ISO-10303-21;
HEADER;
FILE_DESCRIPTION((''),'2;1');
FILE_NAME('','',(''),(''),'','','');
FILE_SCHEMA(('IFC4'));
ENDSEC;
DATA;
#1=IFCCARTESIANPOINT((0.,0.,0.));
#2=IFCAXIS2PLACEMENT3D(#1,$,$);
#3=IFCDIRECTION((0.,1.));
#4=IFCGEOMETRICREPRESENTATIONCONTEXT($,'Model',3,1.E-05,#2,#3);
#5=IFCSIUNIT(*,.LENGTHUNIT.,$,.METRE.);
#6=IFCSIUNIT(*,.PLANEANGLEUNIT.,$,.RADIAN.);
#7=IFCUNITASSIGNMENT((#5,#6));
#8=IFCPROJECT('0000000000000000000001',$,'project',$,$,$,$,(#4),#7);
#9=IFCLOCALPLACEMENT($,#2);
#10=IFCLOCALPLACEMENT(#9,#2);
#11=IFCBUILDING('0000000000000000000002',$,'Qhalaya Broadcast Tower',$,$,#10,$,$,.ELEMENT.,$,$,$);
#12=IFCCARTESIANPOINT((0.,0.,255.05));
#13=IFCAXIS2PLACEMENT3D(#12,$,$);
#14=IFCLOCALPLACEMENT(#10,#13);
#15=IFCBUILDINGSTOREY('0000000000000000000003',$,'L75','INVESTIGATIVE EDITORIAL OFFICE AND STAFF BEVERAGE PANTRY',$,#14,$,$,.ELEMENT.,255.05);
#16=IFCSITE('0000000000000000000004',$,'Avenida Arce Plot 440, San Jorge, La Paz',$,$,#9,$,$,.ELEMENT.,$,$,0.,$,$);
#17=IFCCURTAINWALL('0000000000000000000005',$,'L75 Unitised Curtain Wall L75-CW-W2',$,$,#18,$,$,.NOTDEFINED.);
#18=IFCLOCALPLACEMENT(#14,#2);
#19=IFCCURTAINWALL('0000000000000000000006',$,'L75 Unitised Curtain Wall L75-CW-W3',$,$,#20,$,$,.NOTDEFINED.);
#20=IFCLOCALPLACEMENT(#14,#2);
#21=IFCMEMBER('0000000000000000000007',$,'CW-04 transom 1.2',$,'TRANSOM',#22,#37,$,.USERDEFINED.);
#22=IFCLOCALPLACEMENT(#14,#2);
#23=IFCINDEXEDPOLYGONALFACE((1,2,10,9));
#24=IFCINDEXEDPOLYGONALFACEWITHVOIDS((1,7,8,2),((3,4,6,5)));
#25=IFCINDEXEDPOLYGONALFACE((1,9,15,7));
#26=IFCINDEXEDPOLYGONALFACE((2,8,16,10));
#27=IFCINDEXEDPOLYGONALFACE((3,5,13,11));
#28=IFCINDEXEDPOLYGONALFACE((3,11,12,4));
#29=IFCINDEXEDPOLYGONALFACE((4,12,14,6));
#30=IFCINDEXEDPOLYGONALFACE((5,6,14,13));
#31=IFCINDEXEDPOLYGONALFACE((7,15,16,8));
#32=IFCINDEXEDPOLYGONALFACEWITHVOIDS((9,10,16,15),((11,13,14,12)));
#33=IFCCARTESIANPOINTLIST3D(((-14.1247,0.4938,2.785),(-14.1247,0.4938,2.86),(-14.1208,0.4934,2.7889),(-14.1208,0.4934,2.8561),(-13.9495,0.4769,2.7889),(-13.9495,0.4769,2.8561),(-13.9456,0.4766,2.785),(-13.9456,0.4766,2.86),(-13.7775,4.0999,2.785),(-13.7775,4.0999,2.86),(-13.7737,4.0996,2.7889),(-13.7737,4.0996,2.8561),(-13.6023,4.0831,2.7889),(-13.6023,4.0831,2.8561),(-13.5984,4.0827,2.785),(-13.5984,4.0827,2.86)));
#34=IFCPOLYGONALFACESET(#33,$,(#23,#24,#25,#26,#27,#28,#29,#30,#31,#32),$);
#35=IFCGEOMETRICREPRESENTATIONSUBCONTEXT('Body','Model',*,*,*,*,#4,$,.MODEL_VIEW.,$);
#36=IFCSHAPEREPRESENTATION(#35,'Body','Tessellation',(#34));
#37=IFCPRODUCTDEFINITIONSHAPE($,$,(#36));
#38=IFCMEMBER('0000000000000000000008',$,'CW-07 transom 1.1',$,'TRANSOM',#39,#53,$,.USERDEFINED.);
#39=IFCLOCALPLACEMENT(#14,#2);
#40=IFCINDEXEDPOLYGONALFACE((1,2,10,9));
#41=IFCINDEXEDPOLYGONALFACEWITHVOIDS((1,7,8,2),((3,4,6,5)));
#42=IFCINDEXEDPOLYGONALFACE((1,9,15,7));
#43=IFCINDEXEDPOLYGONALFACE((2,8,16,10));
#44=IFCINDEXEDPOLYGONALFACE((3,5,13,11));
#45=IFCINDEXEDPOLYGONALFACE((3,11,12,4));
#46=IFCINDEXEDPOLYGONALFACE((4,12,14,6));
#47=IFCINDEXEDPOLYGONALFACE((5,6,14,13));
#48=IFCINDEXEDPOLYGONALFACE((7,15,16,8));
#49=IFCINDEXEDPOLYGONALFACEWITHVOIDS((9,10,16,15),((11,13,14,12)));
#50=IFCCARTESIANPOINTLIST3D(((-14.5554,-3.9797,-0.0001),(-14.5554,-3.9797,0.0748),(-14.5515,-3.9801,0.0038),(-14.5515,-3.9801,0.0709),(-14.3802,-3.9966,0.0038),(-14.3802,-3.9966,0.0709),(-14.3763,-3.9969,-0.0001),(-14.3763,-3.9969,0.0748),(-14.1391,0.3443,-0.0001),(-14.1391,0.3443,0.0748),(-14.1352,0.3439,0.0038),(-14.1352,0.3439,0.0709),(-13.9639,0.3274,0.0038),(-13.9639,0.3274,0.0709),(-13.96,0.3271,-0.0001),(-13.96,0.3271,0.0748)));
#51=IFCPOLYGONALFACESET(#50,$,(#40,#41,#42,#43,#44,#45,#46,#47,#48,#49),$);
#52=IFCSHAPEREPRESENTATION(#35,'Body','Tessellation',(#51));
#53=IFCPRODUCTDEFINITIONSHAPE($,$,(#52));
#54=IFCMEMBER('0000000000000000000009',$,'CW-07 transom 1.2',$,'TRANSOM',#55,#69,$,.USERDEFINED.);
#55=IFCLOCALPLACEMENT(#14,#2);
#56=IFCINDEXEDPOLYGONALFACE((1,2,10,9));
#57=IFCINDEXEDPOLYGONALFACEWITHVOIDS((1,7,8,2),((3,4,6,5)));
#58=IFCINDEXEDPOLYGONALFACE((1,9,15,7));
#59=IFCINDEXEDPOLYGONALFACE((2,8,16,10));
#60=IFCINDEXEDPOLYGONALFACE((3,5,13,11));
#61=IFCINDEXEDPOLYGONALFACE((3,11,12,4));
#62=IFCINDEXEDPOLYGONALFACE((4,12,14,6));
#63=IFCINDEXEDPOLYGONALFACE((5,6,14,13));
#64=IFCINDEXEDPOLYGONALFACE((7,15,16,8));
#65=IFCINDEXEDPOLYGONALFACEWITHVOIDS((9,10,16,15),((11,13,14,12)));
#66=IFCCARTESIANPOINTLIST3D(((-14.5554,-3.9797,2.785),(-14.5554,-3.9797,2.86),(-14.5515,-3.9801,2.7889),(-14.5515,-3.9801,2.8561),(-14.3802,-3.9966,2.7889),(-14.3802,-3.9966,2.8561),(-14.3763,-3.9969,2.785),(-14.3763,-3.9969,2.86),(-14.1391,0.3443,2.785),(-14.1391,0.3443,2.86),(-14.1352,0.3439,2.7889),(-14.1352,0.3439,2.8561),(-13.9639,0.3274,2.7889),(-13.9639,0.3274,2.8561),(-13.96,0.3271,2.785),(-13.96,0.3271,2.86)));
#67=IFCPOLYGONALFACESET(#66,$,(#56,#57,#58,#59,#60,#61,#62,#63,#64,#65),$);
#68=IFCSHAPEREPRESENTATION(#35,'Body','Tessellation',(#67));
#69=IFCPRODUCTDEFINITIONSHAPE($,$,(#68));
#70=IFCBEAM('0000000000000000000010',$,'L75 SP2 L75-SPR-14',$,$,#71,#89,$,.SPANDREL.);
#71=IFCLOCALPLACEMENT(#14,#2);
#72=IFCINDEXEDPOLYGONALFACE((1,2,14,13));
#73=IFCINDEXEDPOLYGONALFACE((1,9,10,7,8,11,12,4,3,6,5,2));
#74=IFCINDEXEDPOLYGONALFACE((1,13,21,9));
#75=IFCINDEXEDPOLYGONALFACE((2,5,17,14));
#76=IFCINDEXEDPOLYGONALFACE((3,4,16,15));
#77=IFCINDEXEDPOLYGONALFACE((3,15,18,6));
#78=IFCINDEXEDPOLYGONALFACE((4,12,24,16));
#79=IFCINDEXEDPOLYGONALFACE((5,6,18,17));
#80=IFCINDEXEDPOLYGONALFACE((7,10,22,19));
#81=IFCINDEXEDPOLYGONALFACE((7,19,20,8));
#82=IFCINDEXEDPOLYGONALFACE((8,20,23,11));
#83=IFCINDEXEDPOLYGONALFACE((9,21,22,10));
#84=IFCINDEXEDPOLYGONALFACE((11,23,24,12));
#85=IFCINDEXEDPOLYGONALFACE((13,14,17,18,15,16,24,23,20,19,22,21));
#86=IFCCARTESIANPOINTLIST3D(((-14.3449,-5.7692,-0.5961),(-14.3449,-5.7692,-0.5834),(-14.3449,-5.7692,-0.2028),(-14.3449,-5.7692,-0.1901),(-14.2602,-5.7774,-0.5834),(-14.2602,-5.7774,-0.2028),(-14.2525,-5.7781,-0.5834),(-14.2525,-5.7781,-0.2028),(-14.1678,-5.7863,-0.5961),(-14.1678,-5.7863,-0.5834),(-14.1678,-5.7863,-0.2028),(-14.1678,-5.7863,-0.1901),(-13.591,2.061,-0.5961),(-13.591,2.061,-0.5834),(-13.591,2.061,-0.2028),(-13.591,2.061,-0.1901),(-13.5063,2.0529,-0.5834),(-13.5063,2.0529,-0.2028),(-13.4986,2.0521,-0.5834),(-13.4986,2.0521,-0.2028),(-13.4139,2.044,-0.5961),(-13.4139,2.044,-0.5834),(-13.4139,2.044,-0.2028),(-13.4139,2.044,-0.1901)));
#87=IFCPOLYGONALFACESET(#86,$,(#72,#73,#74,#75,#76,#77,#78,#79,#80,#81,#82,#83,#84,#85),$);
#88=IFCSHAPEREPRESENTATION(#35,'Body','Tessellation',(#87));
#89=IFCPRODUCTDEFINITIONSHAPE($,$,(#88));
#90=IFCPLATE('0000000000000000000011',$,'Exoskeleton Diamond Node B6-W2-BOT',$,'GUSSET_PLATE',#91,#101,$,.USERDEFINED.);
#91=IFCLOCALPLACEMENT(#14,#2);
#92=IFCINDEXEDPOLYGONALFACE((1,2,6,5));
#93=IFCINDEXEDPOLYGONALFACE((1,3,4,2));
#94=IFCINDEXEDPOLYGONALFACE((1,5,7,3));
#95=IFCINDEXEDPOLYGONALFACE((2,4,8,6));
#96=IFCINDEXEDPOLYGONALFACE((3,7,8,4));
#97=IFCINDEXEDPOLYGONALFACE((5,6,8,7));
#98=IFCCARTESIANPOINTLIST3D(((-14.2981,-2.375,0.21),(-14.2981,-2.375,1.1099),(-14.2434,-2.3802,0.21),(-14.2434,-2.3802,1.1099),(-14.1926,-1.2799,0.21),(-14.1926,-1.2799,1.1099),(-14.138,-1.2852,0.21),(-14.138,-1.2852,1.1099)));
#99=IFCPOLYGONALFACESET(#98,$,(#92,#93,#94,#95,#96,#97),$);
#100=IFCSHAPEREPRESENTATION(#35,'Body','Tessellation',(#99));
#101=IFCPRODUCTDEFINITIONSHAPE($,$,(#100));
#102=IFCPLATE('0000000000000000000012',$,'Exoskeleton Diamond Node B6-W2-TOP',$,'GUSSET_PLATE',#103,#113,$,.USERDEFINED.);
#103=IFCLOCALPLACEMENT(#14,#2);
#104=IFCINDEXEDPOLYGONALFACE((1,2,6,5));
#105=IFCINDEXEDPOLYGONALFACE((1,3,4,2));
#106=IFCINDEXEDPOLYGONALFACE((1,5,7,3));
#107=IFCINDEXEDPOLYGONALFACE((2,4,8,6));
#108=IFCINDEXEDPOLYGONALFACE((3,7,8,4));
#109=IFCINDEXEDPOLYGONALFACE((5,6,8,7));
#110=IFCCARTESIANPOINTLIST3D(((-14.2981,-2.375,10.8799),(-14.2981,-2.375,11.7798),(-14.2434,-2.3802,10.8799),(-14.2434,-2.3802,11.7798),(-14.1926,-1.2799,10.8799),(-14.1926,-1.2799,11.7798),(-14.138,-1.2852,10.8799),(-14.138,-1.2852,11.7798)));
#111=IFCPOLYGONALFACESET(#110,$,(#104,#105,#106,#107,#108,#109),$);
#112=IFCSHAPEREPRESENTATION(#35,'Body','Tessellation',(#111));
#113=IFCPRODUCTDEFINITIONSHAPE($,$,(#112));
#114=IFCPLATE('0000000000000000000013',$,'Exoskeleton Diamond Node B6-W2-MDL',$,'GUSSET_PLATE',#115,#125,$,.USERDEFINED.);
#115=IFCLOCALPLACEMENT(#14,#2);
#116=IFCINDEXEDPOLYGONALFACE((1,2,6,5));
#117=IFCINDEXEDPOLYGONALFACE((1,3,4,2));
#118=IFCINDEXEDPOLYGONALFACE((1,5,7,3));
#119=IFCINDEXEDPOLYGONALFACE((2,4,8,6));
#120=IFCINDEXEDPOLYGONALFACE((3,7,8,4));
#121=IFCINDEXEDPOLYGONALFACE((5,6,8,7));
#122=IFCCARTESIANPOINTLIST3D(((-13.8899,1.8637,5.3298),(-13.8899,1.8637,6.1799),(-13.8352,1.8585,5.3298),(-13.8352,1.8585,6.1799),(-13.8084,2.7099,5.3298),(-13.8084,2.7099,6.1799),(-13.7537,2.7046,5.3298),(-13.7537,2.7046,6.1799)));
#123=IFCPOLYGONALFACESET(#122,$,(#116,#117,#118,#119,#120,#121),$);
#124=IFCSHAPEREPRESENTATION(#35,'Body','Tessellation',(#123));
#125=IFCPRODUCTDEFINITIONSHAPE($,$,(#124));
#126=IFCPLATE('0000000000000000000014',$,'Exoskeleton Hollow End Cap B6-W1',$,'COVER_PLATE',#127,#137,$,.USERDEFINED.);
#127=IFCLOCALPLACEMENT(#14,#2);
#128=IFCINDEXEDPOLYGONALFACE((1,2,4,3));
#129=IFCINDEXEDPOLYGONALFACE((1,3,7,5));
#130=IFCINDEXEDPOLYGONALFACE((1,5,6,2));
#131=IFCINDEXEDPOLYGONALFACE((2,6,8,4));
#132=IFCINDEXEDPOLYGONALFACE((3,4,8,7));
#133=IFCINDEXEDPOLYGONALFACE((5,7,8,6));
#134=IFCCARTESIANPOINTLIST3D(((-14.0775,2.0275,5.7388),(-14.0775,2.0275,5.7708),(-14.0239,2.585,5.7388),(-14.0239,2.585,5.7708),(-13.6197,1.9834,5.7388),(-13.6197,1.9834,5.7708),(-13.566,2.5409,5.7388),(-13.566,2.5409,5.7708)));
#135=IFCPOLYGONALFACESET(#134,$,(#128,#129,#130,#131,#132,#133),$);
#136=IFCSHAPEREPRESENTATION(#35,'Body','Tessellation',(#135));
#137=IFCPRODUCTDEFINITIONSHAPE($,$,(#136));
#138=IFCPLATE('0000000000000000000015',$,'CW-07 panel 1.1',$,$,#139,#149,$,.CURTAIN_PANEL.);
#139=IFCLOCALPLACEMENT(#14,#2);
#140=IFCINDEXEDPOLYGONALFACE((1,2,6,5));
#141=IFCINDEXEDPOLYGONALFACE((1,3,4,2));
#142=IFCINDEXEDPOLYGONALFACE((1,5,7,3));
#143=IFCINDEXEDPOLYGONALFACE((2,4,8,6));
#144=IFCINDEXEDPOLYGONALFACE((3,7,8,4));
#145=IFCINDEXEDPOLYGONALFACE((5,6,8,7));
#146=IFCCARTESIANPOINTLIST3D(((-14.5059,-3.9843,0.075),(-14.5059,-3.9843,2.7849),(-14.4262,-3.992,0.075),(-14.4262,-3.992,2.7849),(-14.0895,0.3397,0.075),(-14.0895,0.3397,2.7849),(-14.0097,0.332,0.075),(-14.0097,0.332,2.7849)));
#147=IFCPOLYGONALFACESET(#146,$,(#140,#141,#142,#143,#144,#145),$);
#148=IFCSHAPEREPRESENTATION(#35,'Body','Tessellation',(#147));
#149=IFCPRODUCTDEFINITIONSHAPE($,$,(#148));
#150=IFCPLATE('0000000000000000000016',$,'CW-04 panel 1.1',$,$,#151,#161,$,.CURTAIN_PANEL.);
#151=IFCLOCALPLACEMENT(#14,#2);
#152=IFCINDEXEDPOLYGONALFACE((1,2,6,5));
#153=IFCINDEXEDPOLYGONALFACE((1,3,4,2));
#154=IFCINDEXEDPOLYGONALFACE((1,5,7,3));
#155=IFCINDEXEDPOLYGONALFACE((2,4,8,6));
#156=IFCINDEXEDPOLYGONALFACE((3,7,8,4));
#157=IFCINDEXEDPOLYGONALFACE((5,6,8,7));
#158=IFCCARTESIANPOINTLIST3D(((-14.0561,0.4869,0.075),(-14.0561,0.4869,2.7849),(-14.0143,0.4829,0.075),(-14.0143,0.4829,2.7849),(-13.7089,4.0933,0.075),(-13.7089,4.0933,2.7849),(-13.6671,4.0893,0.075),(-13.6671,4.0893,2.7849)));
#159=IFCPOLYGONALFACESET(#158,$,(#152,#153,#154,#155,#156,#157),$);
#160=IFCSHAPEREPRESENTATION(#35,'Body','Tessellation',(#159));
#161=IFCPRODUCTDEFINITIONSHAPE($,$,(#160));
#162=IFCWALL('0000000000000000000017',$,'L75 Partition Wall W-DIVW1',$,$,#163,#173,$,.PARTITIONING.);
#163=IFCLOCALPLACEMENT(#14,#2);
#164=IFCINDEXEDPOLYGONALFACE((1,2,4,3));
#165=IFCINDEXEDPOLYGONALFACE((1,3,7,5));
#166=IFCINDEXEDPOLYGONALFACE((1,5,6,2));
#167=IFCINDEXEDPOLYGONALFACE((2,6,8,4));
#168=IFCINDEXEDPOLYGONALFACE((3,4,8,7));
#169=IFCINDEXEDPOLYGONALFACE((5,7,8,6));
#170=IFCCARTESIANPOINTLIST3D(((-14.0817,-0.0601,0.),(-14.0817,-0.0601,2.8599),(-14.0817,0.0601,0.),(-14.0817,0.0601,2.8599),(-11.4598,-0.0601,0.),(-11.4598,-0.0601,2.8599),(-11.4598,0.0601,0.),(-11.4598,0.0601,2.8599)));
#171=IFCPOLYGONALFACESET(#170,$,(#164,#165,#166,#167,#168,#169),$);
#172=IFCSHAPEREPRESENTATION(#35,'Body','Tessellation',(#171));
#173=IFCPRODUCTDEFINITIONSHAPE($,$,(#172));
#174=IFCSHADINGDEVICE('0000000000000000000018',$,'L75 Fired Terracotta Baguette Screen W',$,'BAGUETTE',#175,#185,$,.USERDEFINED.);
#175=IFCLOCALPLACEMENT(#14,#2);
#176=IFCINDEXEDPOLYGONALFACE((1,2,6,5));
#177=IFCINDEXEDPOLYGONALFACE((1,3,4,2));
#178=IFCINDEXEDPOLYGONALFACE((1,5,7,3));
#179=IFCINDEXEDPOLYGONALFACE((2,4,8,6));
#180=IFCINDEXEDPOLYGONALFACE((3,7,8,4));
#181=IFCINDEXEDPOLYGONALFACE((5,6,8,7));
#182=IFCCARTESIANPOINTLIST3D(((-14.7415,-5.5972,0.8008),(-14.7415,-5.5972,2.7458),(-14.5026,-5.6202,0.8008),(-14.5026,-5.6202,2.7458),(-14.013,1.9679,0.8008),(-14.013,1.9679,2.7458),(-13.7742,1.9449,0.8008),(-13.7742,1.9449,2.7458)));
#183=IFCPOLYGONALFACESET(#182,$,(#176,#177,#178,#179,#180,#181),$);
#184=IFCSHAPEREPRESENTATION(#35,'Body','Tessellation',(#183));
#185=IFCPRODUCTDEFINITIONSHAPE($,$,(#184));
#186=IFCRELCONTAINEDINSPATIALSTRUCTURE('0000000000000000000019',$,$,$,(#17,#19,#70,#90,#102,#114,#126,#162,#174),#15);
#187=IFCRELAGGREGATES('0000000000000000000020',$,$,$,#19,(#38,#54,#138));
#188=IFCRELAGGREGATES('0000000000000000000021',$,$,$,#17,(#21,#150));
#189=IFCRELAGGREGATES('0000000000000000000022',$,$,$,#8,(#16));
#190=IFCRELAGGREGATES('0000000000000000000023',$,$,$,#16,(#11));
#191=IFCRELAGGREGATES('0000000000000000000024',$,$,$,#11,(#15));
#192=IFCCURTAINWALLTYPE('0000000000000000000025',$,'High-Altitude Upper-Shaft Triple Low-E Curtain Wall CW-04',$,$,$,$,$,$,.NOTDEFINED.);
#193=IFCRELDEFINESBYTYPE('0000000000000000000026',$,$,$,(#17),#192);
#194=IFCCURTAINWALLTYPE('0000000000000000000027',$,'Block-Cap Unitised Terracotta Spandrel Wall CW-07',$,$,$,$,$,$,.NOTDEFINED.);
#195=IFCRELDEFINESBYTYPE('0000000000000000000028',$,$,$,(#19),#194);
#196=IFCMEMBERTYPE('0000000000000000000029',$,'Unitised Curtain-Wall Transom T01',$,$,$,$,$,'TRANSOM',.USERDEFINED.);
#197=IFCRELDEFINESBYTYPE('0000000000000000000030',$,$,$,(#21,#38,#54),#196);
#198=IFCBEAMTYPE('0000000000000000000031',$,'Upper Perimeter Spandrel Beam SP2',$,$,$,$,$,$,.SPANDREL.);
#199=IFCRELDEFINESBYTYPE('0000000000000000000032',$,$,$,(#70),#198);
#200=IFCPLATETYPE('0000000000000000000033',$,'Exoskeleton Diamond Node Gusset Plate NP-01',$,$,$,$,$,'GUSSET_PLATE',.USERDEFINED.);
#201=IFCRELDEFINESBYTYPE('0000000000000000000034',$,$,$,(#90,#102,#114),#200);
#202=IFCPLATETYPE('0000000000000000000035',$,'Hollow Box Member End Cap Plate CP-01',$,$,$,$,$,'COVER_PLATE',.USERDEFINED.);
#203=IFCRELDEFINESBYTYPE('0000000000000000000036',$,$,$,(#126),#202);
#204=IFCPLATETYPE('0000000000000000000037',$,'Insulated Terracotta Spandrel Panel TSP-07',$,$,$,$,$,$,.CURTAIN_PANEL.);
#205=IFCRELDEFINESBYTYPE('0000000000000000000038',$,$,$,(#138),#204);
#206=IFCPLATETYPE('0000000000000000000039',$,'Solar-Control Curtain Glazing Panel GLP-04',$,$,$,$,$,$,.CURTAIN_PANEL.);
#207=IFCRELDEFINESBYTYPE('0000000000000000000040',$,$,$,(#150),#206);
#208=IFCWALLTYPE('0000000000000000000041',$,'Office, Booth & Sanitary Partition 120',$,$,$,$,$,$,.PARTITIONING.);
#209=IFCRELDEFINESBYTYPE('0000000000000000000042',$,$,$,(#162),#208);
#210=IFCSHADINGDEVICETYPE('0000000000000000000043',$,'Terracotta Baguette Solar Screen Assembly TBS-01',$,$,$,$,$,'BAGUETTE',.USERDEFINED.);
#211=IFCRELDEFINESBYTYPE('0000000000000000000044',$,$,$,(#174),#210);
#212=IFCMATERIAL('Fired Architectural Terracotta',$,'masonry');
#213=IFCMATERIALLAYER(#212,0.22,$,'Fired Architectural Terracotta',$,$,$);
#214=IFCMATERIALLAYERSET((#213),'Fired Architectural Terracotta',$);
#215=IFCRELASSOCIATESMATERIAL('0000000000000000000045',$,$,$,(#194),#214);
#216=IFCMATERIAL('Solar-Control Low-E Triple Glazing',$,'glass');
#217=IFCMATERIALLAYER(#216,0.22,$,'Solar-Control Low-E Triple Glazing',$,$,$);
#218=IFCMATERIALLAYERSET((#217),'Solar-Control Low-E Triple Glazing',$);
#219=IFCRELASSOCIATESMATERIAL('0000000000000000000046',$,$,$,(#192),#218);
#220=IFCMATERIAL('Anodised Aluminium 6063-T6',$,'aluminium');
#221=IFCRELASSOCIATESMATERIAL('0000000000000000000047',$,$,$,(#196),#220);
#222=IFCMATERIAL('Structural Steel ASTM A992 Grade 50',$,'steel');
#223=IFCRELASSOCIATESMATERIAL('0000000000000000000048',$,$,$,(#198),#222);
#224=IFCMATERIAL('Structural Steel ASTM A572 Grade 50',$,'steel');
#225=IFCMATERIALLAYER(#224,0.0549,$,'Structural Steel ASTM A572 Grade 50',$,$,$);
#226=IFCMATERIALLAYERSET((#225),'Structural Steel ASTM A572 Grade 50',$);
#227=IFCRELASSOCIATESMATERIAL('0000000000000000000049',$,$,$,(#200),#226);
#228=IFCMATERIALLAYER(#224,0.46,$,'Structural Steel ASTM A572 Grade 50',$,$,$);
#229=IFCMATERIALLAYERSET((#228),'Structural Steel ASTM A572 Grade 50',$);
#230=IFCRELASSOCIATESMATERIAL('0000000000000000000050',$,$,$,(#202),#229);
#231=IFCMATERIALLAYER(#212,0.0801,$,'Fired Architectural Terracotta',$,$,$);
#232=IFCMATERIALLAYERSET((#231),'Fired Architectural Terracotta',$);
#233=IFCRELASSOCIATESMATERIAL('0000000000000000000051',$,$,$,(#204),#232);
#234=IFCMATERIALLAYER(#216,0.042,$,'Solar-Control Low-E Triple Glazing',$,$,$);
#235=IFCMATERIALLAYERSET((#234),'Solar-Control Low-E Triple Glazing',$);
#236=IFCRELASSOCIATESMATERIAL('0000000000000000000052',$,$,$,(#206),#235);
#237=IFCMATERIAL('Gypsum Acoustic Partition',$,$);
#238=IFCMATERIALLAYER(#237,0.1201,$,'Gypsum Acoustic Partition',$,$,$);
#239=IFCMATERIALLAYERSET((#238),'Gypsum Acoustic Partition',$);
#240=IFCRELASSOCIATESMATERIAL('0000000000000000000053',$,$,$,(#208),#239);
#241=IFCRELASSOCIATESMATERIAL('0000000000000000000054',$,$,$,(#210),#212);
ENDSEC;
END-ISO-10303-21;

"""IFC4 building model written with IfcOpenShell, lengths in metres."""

from ifc_helpers import new_model, si_unit, direction, frame, frame_2d, origin, origin_2d, place, context, subcontext, project, spatial, rectangle, hollow_rectangle, i_section, extrude, material, layer, layer_set, material_profile, profile_set, type_object, element, aggregate, save


model = new_model("IFC4")

# Units and contexts
model_context = context("Model", 3, precision=1e-05, world=origin(), true_north=direction((0.0, 1.0)))
body_context = subcontext(model_context, "Body", "Model", "MODEL_VIEW")
ifc_project = project(units=[si_unit("LENGTHUNIT", "METRE"), si_unit("PLANEANGLEUNIT", "RADIAN")], contexts=[model_context])

# Site, building, storey
site_placement = place(None, origin())
site = spatial("IfcSite", under=ifc_project, at=site_placement, Name="Avenida Arce Plot 440, San Jorge, La Paz", CompositionType="ELEMENT", RefElevation=0.0)
building_placement = place(site_placement, origin())
building = spatial("IfcBuilding", under=site, at=building_placement, Name="Qhalaya Broadcast Tower", CompositionType="ELEMENT")
storey_placement = place(building_placement, frame((0.0, 0.0, 255.05)))
storey = spatial("IfcBuildingStorey", under=building, at=storey_placement, Name="L75", Description="INVESTIGATIVE EDITORIAL OFFICE AND STAFF BEVERAGE PANTRY", CompositionType="ELEMENT", Elevation=255.05)

# Shared definitions
ifc_material_1 = material(Name="Structural Steel ASTM A992 Grade 50", Category="steel")

# Shared definitions
ifc_material_2 = material(Name="Structural Steel ASTM A572 Grade 50", Category="steel")

# Shared definitions
ifc_material_3 = material(Name="Fired Architectural Terracotta", Category="masonry")
ifc_layer_1 = layer(ifc_material_3, 0.22, Name="Fired Architectural Terracotta")
ifc_layer_set_1 = layer_set([ifc_layer_1], Name="Fired Architectural Terracotta")
curtain_wall_type_1 = type_object("IfcCurtainWallType", Name="Block-Cap Unitised Terracotta Spandrel Wall CW-07", PredefinedType="NOTDEFINED", material=ifc_layer_set_1)
ifc_material_4 = material(Name="Anodised Aluminium 6063-T6", Category="aluminium")

# Curtain wall
ifc_material_5 = material(Name="Solar-Control Low-E Triple Glazing", Category="glass")
ifc_layer_2 = layer(ifc_material_5, 0.22, Name="Solar-Control Low-E Triple Glazing")
ifc_layer_set_2 = layer_set([ifc_layer_2], Name="Solar-Control Low-E Triple Glazing")
curtain_wall_type_2 = type_object("IfcCurtainWallType", Name="High-Altitude Upper-Shaft Triple Low-E Curtain Wall CW-04", PredefinedType="NOTDEFINED", material=ifc_layer_set_2)
curtain_wall_1_placement = place(storey_placement, origin())
curtain_wall_1 = element("IfcCurtainWall", 1, at=curtain_wall_1_placement, inside=storey, type_object=curtain_wall_type_2, Name="L75 Unitised Curtain Wall L75-CW-W2", PredefinedType="NOTDEFINED")

# Curtain wall
curtain_wall_2_placement = place(storey_placement, origin())
curtain_wall_2 = element("IfcCurtainWall", 2, at=curtain_wall_2_placement, inside=storey, type_object=curtain_wall_type_1, Name="L75 Unitised Curtain Wall L75-CW-W3", PredefinedType="NOTDEFINED")

# Members
ifc_material_profile_1 = material_profile(ifc_material_4, hollow_rectangle(XDim=0.075, YDim=0.1799, WallThickness=0.0039, at=origin_2d()), Name="ALU-TRN 75x180x4")
ifc_profile_set_1 = profile_set([ifc_material_profile_1], Name="Anodised Aluminium 6063-T6")
member_type_1 = type_object("IfcMemberType", Name="Unitised Curtain-Wall Transom T01", ElementType="TRANSOM", PredefinedType="USERDEFINED", material=ifc_profile_set_1)
member_1_placement = place(storey_placement, frame((-13.688, 4.0913, 2.8225), z_axis=(-0.095827, -0.995398, 0.0), x_axis=(0.0, 0.0, 1.0)))
member_1 = element("IfcMember", 3, at=member_1_placement, type_object=member_type_1, Name="CW-04 transom 1.2", ObjectType="TRANSOM", PredefinedType="USERDEFINED", context=body_context, shape_type="SweptSolid", body=[
    extrude(hollow_rectangle(XDim=0.075, YDim=0.1799, WallThickness=0.0039, at=origin_2d()), origin(), (0.0, 0.0, 1.0), 3.6228),
])
member_2_placement = place(storey_placement, frame((-14.0496, 0.3357, 0.0374), z_axis=(-0.095825, -0.995398, 0.0), x_axis=(0.0, 0.0, 1.0)))
member_2 = element("IfcMember", 4, at=member_2_placement, type_object=member_type_1, Name="CW-07 transom 1.1", ObjectType="TRANSOM", PredefinedType="USERDEFINED", context=body_context, shape_type="SweptSolid", body=[
    extrude(hollow_rectangle(XDim=0.075, YDim=0.1799, WallThickness=0.0039, at=origin_2d()), origin(), (0.0, 0.0, 1.0), 4.344),
])
member_3_placement = place(storey_placement, frame((-14.0496, 0.3357, 2.8225), z_axis=(-0.095825, -0.995398, 0.0), x_axis=(0.0, 0.0, 1.0)))
member_3 = element("IfcMember", 5, at=member_3_placement, type_object=member_type_1, Name="CW-07 transom 1.2", ObjectType="TRANSOM", PredefinedType="USERDEFINED", context=body_context, shape_type="SweptSolid", body=[
    extrude(hollow_rectangle(XDim=0.075, YDim=0.1799, WallThickness=0.0039, at=origin_2d()), origin(), (0.0, 0.0, 1.0), 4.344),
])

# Beam
ifc_material_profile_2 = material_profile(ifc_material_1, i_section(OverallWidth=0.178, OverallDepth=0.406, WebThickness=0.0078, FlangeThickness=0.0127, at=origin_2d()), Name="W16X40")
ifc_profile_set_2 = profile_set([ifc_material_profile_2], Name="Structural Steel ASTM A992 Grade 50")
beam_type_1 = type_object("IfcBeamType", Name="Upper Perimeter Spandrel Beam SP2", PredefinedType="SPANDREL", material=ifc_profile_set_2)
beam_1_placement = place(storey_placement, frame((-13.5024, 2.0525, -0.3931), z_axis=(-0.095837, -0.995397, 0.0), x_axis=(0.995397, -0.095837, 0.0)))
element("IfcBeam", 6, at=beam_1_placement, inside=storey, type_object=beam_type_1, Name="L75 SP2 L75-SPR-14", PredefinedType="SPANDREL", context=body_context, shape_type="SweptSolid", body=[
    extrude(i_section(OverallWidth=0.178, OverallDepth=0.406, WebThickness=0.0078, FlangeThickness=0.0127, at=origin_2d()), origin(), (0.0, 0.0, 1.0), 7.8665),
])

# Plates
ifc_layer_3 = layer(ifc_material_2, 0.0549, Name="Structural Steel ASTM A572 Grade 50")
ifc_layer_set_3 = layer_set([ifc_layer_3], Name="Structural Steel ASTM A572 Grade 50")
plate_type_1 = type_object("IfcPlateType", Name="Exoskeleton Diamond Node Gusset Plate NP-01", ElementType="GUSSET_PLATE", PredefinedType="USERDEFINED", material=ifc_layer_set_3)
for number, where, z_axis, x_axis, name in (
    (7, (-14.218, -1.8301, 0.21), (0.0, 0.0, 1.0), (0.095846, 0.995396, 0.0), "Exoskeleton Diamond Node B6-W2-BOT"),
    (8, (-14.218, -1.8301, 10.8799), (0.0, 0.0, 1.0), (0.095846, 0.995396, 0.0), "Exoskeleton Diamond Node B6-W2-TOP"),
):
    element("IfcPlate", number, at=place(storey_placement, frame(where, z_axis=z_axis, x_axis=x_axis)), inside=storey, type_object=plate_type_1, Name=name, ObjectType="GUSSET_PLATE", PredefinedType="USERDEFINED", context=body_context, shape_type="SweptSolid", body=[
        extrude(rectangle(XDim=1.1001, YDim=0.0549, at=origin_2d()), origin(), (0.0, 0.0, 1.0), 0.8999),
    ])
plate_1_placement = place(storey_placement, frame((-13.8218, 2.2842, 5.3298), z_axis=(0.0, 0.0, 1.0), x_axis=(0.095846, 0.995396, 0.0)))
element("IfcPlate", 9, at=plate_1_placement, inside=storey, type_object=plate_type_1, Name="Exoskeleton Diamond Node B6-W2-MDL", ObjectType="GUSSET_PLATE", PredefinedType="USERDEFINED", context=body_context, shape_type="SweptSolid", body=[
    extrude(rectangle(XDim=0.8501, YDim=0.0549, at=origin_2d()), origin(), (0.0, 0.0, 1.0), 0.8501),
])
ifc_layer_4 = layer(ifc_material_2, 0.46, Name="Structural Steel ASTM A572 Grade 50")
ifc_layer_set_4 = layer_set([ifc_layer_4], Name="Structural Steel ASTM A572 Grade 50")
plate_type_2 = type_object("IfcPlateType", Name="Hollow Box Member End Cap Plate CP-01", ElementType="COVER_PLATE", PredefinedType="USERDEFINED", material=ifc_layer_set_4)
plate_2_placement = place(storey_placement, frame((-13.8218, 2.2842, 5.7388), z_axis=(0.0, 0.0, 1.0), x_axis=(0.095846, 0.995396, 0.0)))
element("IfcPlate", 10, at=plate_2_placement, inside=storey, type_object=plate_type_2, Name="Exoskeleton Hollow End Cap B6-W1", ObjectType="COVER_PLATE", PredefinedType="USERDEFINED", context=body_context, shape_type="SweptSolid", body=[
    extrude(rectangle(XDim=0.5601, YDim=0.46, at=origin_2d()), origin(), (0.0, 0.0, 1.0), 0.032),
])

# Plates
ifc_layer_5 = layer(ifc_material_3, 0.0801, Name="Fired Architectural Terracotta")
ifc_layer_set_5 = layer_set([ifc_layer_5], Name="Fired Architectural Terracotta")
plate_type_3 = type_object("IfcPlateType", Name="Insulated Terracotta Spandrel Panel TSP-07", PredefinedType="CURTAIN_PANEL", material=ifc_layer_set_5)
plate_3_placement = place(storey_placement, frame((-14.2578, -1.8262, 0.075), z_axis=(0.0, 0.0, 1.0), x_axis=(-0.095861, -0.995395, 0.0)))
plate_3 = element("IfcPlate", 11, at=plate_3_placement, type_object=plate_type_3, Name="CW-07 panel 1.1", PredefinedType="CURTAIN_PANEL", context=body_context, shape_type="SweptSolid", body=[
    extrude(rectangle(XDim=4.344, YDim=0.0801, at=origin_2d()), origin(), (0.0, 0.0, 1.0), 2.71),
])
aggregate(curtain_wall_2, [member_2, member_3, plate_3])
ifc_layer_6 = layer(ifc_material_5, 0.042, Name="Solar-Control Low-E Triple Glazing")
ifc_layer_set_6 = layer_set([ifc_layer_6], Name="Solar-Control Low-E Triple Glazing")
plate_type_4 = type_object("IfcPlateType", Name="Solar-Control Curtain Glazing Panel GLP-04", PredefinedType="CURTAIN_PANEL", material=ifc_layer_set_6)
plate_4_placement = place(storey_placement, frame((-13.8616, 2.2881, 0.075), z_axis=(0.0, 0.0, 1.0), x_axis=(-0.09584, -0.995397, 0.0)))
plate_4 = element("IfcPlate", 12, at=plate_4_placement, type_object=plate_type_4, Name="CW-04 panel 1.1", PredefinedType="CURTAIN_PANEL", context=body_context, shape_type="SweptSolid", body=[
    extrude(rectangle(XDim=3.623, YDim=0.042, at=origin_2d()), origin(), (0.0, 0.0, 1.0), 2.71),
])
aggregate(curtain_wall_1, [member_1, plate_4])

# Wall
ifc_material_6 = material(Name="Gypsum Acoustic Partition")
ifc_layer_7 = layer(ifc_material_6, 0.1201, Name="Gypsum Acoustic Partition")
ifc_layer_set_7 = layer_set([ifc_layer_7], Name="Gypsum Acoustic Partition")
wall_type = type_object("IfcWallType", Name="Office, Booth & Sanitary Partition 120", PredefinedType="PARTITIONING", material=ifc_layer_set_7)
wall_placement = place(storey_placement, frame((-14.0818, 0.0, 0.0), z_axis=(0.0, 0.0, 1.0), x_axis=(1.0, 0.0, 0.0)))
element("IfcWall", 13, at=wall_placement, inside=storey, type_object=wall_type, Name="L75 Partition Wall W-DIVW1", PredefinedType="PARTITIONING", context=body_context, shape_type="SweptSolid", body=[
    extrude(rectangle(XDim=2.6218, YDim=0.1201, at=frame_2d((1.311, 0.0))), origin(), (0.0, 0.0, 1.0), 2.8599),
])

# Shading device
shading_device_type = type_object("IfcShadingDeviceType", Name="Terracotta Baguette Solar Screen Assembly TBS-01", ElementType="BAGUETTE", PredefinedType="USERDEFINED", material=ifc_material_3)
shading_device_placement = place(storey_placement, frame((-14.2578, -1.8262, 0.8008), z_axis=(0.0, 0.0, 1.0), x_axis=(-0.095846, -0.995396, 0.0)))
element("IfcShadingDevice", 14, at=shading_device_placement, inside=storey, type_object=shading_device_type, Name="L75 Fired Terracotta Baguette Screen W", ObjectType="BAGUETTE", PredefinedType="USERDEFINED", context=body_context, shape_type="SweptSolid", body=[
    extrude(rectangle(XDim=7.6001, YDim=0.24, at=origin_2d()), origin(), (0.0, 0.0, 1.0), 1.9451),
])

save(model, "model.ifc")
